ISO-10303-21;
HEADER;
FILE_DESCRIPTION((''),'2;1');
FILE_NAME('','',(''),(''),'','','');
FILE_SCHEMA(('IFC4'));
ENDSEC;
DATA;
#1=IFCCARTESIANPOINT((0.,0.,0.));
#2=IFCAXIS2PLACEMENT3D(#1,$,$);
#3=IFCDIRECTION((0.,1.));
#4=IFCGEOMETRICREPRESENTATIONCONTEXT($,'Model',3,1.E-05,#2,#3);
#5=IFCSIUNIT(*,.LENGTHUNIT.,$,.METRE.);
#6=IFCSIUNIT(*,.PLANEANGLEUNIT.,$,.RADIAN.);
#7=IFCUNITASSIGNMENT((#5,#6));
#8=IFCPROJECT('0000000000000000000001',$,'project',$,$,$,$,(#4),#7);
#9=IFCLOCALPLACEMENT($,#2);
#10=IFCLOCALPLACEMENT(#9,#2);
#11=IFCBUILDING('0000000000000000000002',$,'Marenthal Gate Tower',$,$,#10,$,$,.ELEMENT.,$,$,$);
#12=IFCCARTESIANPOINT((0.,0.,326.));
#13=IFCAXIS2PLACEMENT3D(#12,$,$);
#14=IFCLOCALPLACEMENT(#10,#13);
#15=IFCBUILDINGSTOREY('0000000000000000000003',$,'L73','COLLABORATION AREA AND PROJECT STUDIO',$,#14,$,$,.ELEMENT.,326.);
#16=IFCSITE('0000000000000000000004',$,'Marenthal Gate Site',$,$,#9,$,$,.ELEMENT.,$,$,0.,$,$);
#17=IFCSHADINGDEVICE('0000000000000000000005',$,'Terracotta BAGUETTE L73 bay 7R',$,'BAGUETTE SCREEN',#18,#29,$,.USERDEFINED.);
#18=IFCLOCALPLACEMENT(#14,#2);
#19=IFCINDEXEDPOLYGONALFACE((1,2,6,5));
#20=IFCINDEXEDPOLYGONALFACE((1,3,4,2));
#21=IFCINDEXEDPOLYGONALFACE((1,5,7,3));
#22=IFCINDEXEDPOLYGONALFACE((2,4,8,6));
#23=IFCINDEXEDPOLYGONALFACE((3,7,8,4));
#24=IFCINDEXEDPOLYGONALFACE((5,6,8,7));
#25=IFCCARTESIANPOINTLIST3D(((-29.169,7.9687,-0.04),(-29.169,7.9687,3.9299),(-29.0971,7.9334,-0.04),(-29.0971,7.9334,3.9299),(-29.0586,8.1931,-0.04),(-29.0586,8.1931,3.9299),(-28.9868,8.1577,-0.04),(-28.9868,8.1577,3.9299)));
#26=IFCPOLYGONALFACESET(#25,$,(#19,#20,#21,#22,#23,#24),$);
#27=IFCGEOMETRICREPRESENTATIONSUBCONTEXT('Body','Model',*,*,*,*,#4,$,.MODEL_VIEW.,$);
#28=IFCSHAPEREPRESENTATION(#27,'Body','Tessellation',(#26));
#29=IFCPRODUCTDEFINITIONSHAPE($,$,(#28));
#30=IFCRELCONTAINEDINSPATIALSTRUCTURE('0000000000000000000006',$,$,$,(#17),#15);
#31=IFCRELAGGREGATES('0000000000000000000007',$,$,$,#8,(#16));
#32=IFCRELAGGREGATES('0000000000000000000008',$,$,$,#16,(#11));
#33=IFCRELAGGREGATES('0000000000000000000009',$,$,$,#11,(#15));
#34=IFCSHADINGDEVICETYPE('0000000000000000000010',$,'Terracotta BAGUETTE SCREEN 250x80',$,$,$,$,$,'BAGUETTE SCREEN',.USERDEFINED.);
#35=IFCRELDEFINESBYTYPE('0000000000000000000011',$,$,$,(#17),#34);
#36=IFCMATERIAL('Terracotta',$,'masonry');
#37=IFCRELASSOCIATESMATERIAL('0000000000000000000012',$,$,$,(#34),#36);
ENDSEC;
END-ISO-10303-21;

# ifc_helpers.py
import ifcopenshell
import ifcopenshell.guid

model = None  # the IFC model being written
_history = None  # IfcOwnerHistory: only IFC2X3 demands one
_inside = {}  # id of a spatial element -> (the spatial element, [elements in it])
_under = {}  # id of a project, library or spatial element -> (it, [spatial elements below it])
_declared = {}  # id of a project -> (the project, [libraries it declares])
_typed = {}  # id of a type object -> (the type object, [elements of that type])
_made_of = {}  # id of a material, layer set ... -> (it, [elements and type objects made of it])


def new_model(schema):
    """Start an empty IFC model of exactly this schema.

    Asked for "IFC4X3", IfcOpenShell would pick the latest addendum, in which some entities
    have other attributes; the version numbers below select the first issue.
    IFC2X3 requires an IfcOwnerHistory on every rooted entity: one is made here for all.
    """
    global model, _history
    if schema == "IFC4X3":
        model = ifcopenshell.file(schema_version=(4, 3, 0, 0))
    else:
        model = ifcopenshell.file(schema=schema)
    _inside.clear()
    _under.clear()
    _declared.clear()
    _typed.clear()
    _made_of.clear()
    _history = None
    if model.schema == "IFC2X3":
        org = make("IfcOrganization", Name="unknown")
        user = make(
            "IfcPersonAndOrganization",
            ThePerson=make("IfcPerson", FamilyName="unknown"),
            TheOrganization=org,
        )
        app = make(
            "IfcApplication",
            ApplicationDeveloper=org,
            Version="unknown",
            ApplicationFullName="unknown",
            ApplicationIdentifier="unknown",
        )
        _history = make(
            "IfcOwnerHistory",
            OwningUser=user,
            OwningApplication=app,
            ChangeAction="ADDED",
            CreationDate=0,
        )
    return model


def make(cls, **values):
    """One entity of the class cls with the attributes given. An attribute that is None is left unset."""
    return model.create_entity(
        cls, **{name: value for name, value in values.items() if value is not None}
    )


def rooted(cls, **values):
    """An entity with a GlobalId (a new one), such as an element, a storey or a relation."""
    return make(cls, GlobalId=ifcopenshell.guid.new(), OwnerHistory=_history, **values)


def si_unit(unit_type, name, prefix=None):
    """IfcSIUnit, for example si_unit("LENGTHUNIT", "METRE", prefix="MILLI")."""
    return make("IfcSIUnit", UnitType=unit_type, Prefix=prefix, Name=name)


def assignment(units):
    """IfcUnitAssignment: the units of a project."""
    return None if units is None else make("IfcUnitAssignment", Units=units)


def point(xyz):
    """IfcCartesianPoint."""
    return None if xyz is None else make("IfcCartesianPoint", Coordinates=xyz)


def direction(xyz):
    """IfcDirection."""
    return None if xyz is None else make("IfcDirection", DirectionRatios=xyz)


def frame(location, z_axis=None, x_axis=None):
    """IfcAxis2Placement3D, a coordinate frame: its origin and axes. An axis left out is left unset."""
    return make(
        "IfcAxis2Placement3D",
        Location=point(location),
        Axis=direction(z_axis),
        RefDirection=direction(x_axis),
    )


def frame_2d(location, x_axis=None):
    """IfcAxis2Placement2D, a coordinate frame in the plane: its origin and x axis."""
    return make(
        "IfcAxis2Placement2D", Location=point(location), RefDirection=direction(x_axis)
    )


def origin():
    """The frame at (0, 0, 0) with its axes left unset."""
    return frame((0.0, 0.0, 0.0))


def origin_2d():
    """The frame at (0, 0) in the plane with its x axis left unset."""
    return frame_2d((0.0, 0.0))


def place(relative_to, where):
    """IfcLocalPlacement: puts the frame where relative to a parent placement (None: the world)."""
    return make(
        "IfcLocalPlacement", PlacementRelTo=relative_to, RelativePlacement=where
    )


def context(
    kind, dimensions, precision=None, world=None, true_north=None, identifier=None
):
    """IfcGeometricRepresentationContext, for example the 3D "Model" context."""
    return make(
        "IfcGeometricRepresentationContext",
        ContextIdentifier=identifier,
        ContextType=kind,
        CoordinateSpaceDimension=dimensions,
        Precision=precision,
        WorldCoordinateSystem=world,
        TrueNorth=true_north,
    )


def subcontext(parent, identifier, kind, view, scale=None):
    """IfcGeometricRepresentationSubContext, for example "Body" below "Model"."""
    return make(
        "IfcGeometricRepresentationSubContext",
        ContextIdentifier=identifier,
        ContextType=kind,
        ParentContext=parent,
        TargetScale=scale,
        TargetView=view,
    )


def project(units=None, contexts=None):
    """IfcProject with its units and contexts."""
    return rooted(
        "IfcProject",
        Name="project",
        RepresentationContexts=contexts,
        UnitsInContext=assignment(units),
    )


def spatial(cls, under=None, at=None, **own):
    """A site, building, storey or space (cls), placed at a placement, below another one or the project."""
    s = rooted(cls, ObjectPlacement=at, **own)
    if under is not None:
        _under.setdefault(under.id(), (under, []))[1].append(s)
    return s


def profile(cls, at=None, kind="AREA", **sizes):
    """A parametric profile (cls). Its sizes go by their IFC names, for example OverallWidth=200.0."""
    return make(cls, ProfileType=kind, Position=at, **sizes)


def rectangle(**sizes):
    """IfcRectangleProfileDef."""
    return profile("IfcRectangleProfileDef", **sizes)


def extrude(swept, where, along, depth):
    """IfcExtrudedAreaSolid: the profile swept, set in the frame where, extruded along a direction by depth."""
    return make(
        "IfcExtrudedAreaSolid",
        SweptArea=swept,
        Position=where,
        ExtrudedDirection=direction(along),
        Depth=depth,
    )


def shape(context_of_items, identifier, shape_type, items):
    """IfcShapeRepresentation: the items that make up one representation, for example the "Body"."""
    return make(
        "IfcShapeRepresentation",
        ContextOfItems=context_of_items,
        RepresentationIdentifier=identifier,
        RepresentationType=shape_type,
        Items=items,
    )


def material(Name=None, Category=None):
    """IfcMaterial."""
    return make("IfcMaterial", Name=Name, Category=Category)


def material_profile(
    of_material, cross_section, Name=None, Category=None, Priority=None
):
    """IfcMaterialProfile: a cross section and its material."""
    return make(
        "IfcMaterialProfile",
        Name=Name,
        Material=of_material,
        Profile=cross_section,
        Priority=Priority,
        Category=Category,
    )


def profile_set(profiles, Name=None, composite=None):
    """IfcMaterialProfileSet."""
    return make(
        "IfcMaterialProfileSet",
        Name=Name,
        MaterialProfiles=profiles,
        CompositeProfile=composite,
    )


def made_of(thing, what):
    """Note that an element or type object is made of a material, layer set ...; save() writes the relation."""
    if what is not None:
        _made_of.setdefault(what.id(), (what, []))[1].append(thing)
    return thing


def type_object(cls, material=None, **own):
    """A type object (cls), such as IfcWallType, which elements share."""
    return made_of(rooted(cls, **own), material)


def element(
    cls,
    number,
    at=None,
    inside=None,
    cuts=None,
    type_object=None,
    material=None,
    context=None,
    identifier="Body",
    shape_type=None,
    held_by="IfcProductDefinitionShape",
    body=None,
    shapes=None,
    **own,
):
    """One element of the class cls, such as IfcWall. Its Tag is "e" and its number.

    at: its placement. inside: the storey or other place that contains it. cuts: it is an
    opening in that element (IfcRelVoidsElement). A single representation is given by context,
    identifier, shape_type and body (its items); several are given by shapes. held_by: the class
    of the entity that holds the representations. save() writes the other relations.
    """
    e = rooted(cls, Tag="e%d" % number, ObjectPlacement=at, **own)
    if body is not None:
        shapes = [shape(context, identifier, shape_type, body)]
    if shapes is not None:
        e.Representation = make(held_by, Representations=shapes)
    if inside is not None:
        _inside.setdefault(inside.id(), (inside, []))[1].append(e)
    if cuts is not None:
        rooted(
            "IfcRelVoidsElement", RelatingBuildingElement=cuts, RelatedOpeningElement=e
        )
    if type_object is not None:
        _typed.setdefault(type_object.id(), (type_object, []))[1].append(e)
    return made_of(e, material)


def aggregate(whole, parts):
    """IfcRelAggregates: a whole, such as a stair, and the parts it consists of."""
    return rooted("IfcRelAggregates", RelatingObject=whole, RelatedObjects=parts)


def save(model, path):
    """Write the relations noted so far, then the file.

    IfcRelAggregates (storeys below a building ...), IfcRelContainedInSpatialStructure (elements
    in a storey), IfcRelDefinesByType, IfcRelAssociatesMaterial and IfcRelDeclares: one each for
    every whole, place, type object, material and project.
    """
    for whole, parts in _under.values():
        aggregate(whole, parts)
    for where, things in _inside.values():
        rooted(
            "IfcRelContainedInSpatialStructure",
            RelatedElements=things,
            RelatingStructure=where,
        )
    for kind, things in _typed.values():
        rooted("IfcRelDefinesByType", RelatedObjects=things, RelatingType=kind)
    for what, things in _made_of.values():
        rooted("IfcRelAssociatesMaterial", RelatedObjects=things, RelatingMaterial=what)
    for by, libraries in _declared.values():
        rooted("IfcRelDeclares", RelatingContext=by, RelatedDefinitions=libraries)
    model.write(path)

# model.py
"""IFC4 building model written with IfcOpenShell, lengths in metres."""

from ifc_helpers import new_model, si_unit, direction, frame, origin, origin_2d, place, context, subcontext, project, spatial, rectangle, extrude, material, material_profile, profile_set, type_object, element, save


model = new_model("IFC4")

# Units and contexts
model_context = context("Model", 3, precision=1e-05, world=origin(), true_north=direction((0.0, 1.0)))
body_context = subcontext(model_context, "Body", "Model", "MODEL_VIEW")
ifc_project = project(units=[si_unit("LENGTHUNIT", "METRE"), si_unit("PLANEANGLEUNIT", "RADIAN")], contexts=[model_context])

# Site, building, storey
site_placement = place(None, origin())
site = spatial("IfcSite", under=ifc_project, at=site_placement, Name="Marenthal Gate Site", CompositionType="ELEMENT", RefElevation=0.0)
building_placement = place(site_placement, origin())
building = spatial("IfcBuilding", under=site, at=building_placement, Name="Marenthal Gate Tower", CompositionType="ELEMENT")
storey_placement = place(building_placement, frame((0.0, 0.0, 326.0)))
storey = spatial("IfcBuildingStorey", under=building, at=storey_placement, Name="L73", Description="COLLABORATION AREA AND PROJECT STUDIO", CompositionType="ELEMENT", Elevation=326.0)

# Shading device
ifc_material_1 = material(Name="Terracotta", Category="masonry")
ifc_material_profile_1 = material_profile(ifc_material_1, rectangle(XDim=0.25, YDim=0.0801, at=origin_2d()), Name="Terracotta baguette 250x80")
ifc_profile_set_1 = profile_set([ifc_material_profile_1], Name="Terracotta")
shading_device_type = type_object("IfcShadingDeviceType", Name="Terracotta BAGUETTE SCREEN 250x80", ElementType="BAGUETTE SCREEN", PredefinedType="USERDEFINED", material=ifc_profile_set_1)
shading_device_placement = place(storey_placement, frame((-29.0779, 8.0632, -0.04), z_axis=(0.0, 0.0, 1.0), x_axis=(-0.441395, -0.897313, 0.0)))
element("IfcShadingDevice", 1, at=shading_device_placement, inside=storey, type_object=shading_device_type, Name="Terracotta BAGUETTE L73 bay 7R", ObjectType="BAGUETTE SCREEN", PredefinedType="USERDEFINED", context=body_context, shape_type="SweptSolid", body=[
    extrude(rectangle(XDim=0.25, YDim=0.0801, at=origin_2d()), origin(), (0.0, 0.0, 1.0), 3.97),
])

save(model, "model.ifc")
